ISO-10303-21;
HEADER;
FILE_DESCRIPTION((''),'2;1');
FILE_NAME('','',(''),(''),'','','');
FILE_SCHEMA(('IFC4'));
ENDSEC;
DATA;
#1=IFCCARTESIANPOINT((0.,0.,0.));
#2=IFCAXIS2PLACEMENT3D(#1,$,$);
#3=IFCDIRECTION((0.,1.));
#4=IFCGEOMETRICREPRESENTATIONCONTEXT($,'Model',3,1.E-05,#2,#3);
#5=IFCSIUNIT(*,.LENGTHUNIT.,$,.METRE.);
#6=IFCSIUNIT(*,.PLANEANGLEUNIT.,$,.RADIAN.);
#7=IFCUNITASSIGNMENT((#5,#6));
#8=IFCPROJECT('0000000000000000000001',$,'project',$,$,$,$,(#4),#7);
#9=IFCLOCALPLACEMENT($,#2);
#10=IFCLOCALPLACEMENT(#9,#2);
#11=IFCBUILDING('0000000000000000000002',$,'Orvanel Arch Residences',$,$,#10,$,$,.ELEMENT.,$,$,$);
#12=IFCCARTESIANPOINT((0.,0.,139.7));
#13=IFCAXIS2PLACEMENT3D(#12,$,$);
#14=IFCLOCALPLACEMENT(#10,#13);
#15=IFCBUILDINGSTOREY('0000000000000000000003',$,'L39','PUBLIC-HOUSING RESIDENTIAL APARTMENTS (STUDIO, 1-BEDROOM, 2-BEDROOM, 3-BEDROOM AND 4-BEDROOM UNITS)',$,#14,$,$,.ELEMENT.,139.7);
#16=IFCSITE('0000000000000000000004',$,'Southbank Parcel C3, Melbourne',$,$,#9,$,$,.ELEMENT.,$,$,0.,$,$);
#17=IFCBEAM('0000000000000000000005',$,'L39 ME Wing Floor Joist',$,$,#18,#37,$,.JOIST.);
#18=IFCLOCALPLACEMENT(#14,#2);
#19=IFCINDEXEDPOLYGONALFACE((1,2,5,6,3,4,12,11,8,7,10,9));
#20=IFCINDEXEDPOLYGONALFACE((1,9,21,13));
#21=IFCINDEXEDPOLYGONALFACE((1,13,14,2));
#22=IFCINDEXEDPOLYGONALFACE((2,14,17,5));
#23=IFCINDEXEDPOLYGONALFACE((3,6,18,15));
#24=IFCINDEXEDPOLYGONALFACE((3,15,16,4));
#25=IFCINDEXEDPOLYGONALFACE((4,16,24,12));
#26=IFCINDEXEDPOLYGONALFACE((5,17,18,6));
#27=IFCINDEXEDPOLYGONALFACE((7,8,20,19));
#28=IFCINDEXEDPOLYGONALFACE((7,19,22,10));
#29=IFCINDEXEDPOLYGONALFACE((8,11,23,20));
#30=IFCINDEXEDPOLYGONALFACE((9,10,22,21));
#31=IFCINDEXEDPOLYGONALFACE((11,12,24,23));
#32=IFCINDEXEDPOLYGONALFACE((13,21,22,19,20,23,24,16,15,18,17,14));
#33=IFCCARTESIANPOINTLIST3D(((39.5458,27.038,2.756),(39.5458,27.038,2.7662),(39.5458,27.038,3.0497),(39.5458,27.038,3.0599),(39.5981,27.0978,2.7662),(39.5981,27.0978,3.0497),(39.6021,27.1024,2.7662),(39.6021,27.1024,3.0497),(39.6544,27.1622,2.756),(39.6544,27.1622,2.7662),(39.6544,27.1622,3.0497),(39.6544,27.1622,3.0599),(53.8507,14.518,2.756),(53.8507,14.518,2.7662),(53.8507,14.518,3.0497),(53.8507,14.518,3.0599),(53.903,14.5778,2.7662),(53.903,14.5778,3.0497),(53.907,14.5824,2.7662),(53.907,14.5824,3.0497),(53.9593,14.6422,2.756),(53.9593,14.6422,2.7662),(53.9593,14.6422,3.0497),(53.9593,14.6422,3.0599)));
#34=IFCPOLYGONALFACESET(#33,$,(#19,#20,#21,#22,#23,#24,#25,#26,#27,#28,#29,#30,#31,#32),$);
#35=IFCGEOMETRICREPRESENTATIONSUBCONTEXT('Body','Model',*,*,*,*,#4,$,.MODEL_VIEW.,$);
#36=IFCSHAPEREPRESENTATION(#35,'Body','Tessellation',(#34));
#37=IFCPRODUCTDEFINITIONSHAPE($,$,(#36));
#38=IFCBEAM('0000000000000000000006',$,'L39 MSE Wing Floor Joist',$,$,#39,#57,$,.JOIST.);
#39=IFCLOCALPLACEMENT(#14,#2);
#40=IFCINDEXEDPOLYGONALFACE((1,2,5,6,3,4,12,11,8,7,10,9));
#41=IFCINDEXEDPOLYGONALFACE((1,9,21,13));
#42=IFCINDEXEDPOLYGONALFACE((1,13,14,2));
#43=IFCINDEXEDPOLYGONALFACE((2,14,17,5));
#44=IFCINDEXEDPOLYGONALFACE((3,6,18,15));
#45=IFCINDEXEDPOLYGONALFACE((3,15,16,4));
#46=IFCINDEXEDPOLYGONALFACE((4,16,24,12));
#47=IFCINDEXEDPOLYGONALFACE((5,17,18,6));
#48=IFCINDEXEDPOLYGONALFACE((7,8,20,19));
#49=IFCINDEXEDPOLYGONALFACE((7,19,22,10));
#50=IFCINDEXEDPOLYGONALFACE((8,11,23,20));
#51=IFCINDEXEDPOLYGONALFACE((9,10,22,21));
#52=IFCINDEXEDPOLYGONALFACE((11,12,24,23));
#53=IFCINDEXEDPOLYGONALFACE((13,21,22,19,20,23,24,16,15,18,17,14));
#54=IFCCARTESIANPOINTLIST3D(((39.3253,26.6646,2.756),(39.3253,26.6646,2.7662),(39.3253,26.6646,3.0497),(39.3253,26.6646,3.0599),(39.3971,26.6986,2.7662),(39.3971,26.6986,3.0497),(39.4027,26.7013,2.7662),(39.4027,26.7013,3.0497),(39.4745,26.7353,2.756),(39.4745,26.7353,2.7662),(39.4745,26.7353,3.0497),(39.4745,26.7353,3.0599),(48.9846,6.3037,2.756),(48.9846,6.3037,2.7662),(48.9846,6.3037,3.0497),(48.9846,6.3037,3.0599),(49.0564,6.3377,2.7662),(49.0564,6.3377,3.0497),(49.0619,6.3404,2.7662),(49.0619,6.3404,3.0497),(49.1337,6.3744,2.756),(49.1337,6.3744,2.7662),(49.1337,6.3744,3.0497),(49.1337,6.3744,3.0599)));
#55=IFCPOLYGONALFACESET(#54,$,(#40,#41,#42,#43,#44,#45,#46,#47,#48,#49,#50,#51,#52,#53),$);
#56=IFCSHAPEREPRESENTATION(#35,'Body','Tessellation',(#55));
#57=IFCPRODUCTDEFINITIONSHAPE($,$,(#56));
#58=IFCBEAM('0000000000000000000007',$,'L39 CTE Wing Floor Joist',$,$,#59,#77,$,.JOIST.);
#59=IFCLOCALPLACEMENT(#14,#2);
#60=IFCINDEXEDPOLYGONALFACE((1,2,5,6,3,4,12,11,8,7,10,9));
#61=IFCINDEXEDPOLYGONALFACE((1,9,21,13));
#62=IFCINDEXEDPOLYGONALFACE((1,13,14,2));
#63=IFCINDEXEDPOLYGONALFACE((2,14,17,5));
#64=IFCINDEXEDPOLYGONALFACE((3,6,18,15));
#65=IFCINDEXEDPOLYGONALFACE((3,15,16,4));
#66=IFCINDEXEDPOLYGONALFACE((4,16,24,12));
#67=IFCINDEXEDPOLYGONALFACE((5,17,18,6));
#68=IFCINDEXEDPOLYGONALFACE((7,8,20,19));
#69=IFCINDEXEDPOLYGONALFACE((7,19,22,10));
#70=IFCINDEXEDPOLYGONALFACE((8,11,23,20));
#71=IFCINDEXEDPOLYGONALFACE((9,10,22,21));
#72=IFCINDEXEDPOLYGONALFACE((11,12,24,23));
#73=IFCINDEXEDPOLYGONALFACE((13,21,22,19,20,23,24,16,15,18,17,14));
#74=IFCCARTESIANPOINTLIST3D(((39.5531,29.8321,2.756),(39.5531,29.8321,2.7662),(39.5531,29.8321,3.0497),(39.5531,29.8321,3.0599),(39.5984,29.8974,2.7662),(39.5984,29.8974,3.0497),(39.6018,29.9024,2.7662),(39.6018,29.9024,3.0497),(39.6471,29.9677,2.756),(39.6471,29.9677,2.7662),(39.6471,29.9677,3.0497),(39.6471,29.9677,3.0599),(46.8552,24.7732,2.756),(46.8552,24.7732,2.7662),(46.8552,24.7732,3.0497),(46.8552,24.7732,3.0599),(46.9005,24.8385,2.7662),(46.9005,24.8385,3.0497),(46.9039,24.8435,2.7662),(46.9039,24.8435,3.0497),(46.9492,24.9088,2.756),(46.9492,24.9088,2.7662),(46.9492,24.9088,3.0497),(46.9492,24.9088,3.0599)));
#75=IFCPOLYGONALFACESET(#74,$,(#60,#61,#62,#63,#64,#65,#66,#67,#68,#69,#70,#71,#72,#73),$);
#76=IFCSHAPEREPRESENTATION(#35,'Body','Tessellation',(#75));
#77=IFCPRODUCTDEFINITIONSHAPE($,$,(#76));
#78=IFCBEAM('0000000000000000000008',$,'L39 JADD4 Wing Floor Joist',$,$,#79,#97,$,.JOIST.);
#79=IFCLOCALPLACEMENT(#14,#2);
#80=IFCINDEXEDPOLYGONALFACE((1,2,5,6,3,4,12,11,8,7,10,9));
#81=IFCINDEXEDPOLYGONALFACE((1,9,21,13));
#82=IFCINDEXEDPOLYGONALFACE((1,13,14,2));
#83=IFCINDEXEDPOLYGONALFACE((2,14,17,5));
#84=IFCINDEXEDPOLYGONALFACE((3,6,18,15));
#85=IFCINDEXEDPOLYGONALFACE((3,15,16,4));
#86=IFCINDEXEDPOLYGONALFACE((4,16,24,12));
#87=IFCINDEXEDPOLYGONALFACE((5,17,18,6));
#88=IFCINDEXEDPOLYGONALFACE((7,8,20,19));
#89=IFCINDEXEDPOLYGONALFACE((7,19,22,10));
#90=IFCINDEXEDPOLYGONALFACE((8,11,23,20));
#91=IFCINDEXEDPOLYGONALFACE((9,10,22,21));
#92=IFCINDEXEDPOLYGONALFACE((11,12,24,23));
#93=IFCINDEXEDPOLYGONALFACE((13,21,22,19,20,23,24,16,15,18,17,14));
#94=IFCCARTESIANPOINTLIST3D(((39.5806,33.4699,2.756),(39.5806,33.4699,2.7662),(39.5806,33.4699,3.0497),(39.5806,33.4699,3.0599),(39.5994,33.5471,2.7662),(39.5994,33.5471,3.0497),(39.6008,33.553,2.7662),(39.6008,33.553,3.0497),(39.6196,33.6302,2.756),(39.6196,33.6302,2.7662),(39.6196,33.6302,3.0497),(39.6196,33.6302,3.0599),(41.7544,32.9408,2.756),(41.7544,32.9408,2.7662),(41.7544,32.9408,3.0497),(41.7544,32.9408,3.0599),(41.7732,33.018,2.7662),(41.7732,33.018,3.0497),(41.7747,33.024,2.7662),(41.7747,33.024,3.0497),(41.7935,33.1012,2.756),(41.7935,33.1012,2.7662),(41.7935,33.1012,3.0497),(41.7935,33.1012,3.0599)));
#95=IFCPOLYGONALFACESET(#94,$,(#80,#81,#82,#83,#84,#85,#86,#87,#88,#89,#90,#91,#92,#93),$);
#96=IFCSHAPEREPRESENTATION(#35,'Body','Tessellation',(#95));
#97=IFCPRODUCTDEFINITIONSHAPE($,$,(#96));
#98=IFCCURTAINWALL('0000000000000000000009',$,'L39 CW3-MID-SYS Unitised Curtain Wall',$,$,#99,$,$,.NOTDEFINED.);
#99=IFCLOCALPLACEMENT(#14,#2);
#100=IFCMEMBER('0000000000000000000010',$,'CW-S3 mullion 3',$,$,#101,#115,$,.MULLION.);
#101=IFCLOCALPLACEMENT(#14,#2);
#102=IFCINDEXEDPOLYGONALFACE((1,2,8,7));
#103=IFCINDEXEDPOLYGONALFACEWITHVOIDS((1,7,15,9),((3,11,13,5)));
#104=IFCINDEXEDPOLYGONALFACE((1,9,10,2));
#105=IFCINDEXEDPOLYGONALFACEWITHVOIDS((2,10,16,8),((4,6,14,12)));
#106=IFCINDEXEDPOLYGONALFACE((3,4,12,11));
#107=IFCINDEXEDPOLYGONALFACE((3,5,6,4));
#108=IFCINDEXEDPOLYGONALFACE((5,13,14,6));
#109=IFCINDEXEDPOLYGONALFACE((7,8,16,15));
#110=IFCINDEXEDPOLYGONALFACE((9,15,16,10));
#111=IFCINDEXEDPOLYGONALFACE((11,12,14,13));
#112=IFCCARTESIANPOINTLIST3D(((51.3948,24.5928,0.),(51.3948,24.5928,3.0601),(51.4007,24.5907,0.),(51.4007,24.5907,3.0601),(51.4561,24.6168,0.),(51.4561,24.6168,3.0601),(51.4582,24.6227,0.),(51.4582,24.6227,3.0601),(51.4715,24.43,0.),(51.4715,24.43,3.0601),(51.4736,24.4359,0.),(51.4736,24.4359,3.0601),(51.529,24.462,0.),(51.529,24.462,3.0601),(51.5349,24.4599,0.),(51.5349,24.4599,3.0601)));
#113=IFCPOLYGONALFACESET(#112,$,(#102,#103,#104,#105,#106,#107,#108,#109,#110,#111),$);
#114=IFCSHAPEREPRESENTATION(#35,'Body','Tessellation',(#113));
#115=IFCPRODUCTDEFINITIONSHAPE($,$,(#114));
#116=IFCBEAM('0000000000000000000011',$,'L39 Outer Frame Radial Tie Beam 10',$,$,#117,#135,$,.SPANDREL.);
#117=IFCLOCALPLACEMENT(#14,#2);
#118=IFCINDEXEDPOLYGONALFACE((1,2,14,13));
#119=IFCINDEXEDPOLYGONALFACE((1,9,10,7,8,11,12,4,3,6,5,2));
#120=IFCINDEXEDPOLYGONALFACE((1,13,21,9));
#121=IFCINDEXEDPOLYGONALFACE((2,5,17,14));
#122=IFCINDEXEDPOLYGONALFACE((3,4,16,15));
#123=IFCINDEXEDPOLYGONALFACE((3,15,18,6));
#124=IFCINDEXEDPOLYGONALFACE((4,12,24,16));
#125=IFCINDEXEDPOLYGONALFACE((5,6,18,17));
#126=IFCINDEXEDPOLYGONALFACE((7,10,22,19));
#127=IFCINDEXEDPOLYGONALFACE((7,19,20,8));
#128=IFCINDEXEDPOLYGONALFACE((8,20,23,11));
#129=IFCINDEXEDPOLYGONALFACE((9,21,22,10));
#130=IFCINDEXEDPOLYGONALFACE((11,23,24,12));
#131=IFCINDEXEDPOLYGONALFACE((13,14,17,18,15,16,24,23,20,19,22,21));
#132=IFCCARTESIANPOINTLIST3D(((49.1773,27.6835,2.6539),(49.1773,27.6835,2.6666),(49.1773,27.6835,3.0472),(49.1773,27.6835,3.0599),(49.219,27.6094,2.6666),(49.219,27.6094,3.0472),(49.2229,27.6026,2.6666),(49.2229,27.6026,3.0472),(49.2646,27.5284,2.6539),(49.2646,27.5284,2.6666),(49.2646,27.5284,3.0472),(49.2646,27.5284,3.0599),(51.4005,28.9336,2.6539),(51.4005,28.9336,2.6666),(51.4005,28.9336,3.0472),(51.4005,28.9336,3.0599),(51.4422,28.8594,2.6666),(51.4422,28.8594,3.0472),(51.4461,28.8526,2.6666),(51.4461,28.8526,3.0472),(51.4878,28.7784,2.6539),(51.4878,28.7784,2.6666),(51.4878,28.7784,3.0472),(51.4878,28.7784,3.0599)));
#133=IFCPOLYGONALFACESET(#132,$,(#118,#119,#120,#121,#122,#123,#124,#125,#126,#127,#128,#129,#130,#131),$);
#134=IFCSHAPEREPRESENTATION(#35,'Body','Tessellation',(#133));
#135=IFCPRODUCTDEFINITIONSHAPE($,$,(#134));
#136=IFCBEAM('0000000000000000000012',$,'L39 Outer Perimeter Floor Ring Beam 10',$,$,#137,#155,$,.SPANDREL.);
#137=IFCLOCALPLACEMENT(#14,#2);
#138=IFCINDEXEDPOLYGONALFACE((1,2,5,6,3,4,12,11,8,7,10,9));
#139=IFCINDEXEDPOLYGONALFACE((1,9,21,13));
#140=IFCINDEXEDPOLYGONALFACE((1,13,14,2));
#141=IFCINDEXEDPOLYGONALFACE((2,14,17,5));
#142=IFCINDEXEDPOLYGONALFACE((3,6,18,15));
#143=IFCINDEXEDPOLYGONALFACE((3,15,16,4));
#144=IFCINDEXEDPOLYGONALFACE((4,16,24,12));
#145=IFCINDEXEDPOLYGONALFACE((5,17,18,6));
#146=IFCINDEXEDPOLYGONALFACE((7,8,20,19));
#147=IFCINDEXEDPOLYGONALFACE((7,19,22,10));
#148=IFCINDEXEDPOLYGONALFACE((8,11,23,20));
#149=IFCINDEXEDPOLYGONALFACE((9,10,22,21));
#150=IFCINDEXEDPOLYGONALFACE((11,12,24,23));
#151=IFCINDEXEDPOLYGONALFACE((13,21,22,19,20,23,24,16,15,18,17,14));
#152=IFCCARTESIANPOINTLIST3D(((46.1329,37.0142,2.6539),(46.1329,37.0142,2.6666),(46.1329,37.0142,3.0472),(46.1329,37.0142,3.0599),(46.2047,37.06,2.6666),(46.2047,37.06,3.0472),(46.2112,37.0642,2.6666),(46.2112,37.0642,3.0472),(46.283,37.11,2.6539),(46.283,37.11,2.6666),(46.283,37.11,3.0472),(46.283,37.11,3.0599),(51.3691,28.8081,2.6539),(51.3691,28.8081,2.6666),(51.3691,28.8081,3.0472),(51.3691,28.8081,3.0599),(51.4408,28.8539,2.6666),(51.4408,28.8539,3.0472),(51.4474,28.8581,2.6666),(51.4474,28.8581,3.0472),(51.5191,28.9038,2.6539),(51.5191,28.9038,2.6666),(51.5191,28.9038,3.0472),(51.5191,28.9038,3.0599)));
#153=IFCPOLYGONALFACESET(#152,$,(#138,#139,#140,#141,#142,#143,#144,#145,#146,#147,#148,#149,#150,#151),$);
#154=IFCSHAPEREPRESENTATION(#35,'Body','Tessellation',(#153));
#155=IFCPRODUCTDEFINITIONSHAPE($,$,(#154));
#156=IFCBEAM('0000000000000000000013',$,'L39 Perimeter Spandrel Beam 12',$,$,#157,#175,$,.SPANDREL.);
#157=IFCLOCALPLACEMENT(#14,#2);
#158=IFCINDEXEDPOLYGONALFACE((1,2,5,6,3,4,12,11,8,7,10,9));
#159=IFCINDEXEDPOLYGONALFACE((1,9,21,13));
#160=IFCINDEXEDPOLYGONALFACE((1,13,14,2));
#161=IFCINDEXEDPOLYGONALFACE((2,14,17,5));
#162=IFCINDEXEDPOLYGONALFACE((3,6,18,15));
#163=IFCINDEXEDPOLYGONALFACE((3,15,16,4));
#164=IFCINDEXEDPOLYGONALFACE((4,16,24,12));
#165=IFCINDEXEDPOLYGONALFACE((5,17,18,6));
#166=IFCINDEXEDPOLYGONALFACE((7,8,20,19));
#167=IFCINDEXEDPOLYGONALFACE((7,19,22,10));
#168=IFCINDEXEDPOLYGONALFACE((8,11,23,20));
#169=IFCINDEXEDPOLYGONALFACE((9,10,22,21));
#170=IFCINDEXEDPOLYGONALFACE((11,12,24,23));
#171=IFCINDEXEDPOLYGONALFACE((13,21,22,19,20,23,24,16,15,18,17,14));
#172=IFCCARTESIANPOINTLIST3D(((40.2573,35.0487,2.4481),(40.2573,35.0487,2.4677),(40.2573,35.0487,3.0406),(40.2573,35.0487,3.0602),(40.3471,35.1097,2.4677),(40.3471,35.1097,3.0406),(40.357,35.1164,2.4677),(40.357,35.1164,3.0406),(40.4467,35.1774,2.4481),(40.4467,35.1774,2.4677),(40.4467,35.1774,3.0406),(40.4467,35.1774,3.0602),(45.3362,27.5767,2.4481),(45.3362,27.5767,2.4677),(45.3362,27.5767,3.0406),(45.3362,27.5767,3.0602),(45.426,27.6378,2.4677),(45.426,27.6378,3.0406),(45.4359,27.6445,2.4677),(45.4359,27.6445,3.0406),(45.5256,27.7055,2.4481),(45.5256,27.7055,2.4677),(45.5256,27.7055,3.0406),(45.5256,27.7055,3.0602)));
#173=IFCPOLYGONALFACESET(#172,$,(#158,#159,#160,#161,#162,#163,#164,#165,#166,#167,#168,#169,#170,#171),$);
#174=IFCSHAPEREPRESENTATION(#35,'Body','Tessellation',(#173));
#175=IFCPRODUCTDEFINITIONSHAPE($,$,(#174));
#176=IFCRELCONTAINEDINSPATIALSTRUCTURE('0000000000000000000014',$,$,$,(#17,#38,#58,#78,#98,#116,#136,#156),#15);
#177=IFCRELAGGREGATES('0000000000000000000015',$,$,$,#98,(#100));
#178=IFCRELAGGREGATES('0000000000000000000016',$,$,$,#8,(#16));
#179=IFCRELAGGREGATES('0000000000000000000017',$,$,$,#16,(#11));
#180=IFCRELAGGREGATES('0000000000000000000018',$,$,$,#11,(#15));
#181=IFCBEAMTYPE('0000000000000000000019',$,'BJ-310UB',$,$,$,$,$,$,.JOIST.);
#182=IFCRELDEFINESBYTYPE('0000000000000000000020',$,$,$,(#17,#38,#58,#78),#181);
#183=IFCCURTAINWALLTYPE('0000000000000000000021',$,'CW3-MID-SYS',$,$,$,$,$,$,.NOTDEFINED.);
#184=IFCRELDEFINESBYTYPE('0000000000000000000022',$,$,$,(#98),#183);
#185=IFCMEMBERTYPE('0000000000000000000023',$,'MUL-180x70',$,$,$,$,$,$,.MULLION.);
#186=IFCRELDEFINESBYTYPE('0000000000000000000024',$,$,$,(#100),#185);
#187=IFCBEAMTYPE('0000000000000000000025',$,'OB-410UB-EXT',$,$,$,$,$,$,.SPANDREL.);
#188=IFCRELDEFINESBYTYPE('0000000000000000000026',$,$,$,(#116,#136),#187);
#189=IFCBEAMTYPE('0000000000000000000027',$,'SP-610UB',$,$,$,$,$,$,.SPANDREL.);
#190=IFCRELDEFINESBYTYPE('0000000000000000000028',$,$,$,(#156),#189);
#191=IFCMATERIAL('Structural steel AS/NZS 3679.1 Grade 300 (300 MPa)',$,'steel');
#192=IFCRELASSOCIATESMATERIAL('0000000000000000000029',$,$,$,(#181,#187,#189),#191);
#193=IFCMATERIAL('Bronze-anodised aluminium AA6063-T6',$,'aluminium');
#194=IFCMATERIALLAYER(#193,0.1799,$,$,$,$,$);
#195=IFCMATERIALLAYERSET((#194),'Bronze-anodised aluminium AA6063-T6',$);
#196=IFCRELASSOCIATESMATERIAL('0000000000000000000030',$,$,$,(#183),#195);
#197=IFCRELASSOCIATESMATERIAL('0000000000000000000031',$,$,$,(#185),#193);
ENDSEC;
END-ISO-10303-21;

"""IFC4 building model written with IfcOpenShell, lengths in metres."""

from ifc_helpers import new_model, si_unit, direction, frame, origin, origin_2d, place, context, subcontext, project, spatial, hollow_rectangle, i_section, extrude, material, layer, layer_set, material_profile, profile_set, type_object, element, aggregate, save


model = new_model("IFC4")

# Units and contexts
model_context = context("Model", 3, precision=1e-05, world=origin(), true_north=direction((0.0, 1.0)))
body_context = subcontext(model_context, "Body", "Model", "MODEL_VIEW")
ifc_project = project(units=[si_unit("LENGTHUNIT", "METRE"), si_unit("PLANEANGLEUNIT", "RADIAN")], contexts=[model_context])

# Site, building, storey
site_placement = place(None, origin())
site = spatial("IfcSite", under=ifc_project, at=site_placement, Name="Southbank Parcel C3, Melbourne", CompositionType="ELEMENT", RefElevation=0.0)
building_placement = place(site_placement, origin())
building = spatial("IfcBuilding", under=site, at=building_placement, Name="Orvanel Arch Residences", CompositionType="ELEMENT")
storey_placement = place(building_placement, frame((0.0, 0.0, 139.7)))
storey = spatial("IfcBuildingStorey", under=building, at=storey_placement, Name="L39", Description="PUBLIC-HOUSING RESIDENTIAL APARTMENTS (STUDIO, 1-BEDROOM, 2-BEDROOM, 3-BEDROOM AND 4-BEDROOM UNITS)", CompositionType="ELEMENT", Elevation=139.7)

# Beams
ifc_material_1 = material(Name="Structural steel AS/NZS 3679.1 Grade 300 (300 MPa)", Category="steel")
ifc_material_profile_1 = material_profile(ifc_material_1, i_section(OverallWidth=0.165, OverallDepth=0.304, WebThickness=0.0061, FlangeThickness=0.0103, at=origin_2d()), Name="310UB40.4")
ifc_profile_set_1 = profile_set([ifc_material_profile_1], Name="Structural steel AS/NZS 3679.1 Grade 300 (300 MPa)")
beam_type_1 = type_object("IfcBeamType", Name="BJ-310UB", PredefinedType="JOIST", material=ifc_profile_set_1)
beam_1_placement = place(storey_placement, frame((39.6001, 27.1001, 2.908), z_axis=(0.752493, -0.6586, 0.0), x_axis=(0.6586, 0.752493, 0.0)))
element("IfcBeam", 1, at=beam_1_placement, inside=storey, type_object=beam_type_1, Name="L39 ME Wing Floor Joist", PredefinedType="JOIST", context=body_context, shape_type="SweptSolid", body=[
    extrude(i_section(OverallWidth=0.165, OverallDepth=0.304, WebThickness=0.0061, FlangeThickness=0.0103, at=origin_2d()), origin(), (0.0, 0.0, 1.0), 19.01),
])
beam_2_placement = place(storey_placement, frame((39.3999, 26.7, 2.908), z_axis=(0.428614, -0.903488, 0.0), x_axis=(0.903488, 0.428614, 0.0)))
element("IfcBeam", 2, at=beam_2_placement, inside=storey, type_object=beam_type_1, Name="L39 MSE Wing Floor Joist", PredefinedType="JOIST", context=body_context, shape_type="SweptSolid", body=[
    extrude(i_section(OverallWidth=0.165, OverallDepth=0.304, WebThickness=0.0061, FlangeThickness=0.0103, at=origin_2d()), origin(), (0.0, 0.0, 1.0), 22.5359),
])
beam_3_placement = place(storey_placement, frame((39.6001, 29.8999, 2.908), z_axis=(0.822002, -0.569484, 0.0), x_axis=(0.569484, 0.822002, 0.0)))
element("IfcBeam", 3, at=beam_3_placement, inside=storey, type_object=beam_type_1, Name="L39 CTE Wing Floor Joist", PredefinedType="JOIST", context=body_context, shape_type="SweptSolid", body=[
    extrude(i_section(OverallWidth=0.165, OverallDepth=0.304, WebThickness=0.0061, FlangeThickness=0.0103, at=origin_2d()), origin(), (0.0, 0.0, 1.0), 8.8833),
])
beam_4_placement = place(storey_placement, frame((39.6001, 33.55, 2.908), z_axis=(0.971638, -0.236471, 0.0), x_axis=(0.236471, 0.971638, 0.0)))
element("IfcBeam", 4, at=beam_4_placement, inside=storey, type_object=beam_type_1, Name="L39 JADD4 Wing Floor Joist", PredefinedType="JOIST", context=body_context, shape_type="SweptSolid", body=[
    extrude(i_section(OverallWidth=0.165, OverallDepth=0.304, WebThickness=0.0061, FlangeThickness=0.0103, at=origin_2d()), origin(), (0.0, 0.0, 1.0), 2.2373),
])

# Curtain wall, member
ifc_material_2 = material(Name="Bronze-anodised aluminium AA6063-T6", Category="aluminium")
ifc_layer_1 = layer(ifc_material_2, 0.1799)
ifc_layer_set_1 = layer_set([ifc_layer_1], Name="Bronze-anodised aluminium AA6063-T6")
curtain_wall_type = type_object("IfcCurtainWallType", Name="CW3-MID-SYS", PredefinedType="NOTDEFINED", material=ifc_layer_set_1)
curtain_wall_placement = place(storey_placement, origin())
curtain_wall = element("IfcCurtainWall", 5, at=curtain_wall_placement, inside=storey, type_object=curtain_wall_type, Name="L39 CW3-MID-SYS Unitised Curtain Wall", PredefinedType="NOTDEFINED")
ifc_material_profile_2 = material_profile(ifc_material_2, hollow_rectangle(XDim=0.0701, YDim=0.1799, WallThickness=0.0044, at=origin_2d()), Name="ALU180x70x4.5")
ifc_profile_set_2 = profile_set([ifc_material_profile_2], Name="Bronze-anodised aluminium AA6063-T6")
member_type_1 = type_object("IfcMemberType", Name="MUL-180x70", PredefinedType="MULLION", material=ifc_profile_set_2)
member_1_placement = place(storey_placement, frame((51.4648, 24.5264, 0.0), z_axis=(0.0, 0.0, 1.0), x_axis=(-0.904718, -0.42601, 0.0)))
member_1 = element("IfcMember", 6, at=member_1_placement, type_object=member_type_1, Name="CW-S3 mullion 3", PredefinedType="MULLION", context=body_context, shape_type="SweptSolid", body=[
    extrude(hollow_rectangle(XDim=0.0701, YDim=0.1799, WallThickness=0.0044, at=origin_2d()), origin(), (0.0, 0.0, 1.0), 3.0601),
])
aggregate(curtain_wall, [member_1])

# Beams
ifc_material_profile_3 = material_profile(ifc_material_1, i_section(OverallWidth=0.178, OverallDepth=0.406, WebThickness=0.0078, FlangeThickness=0.0127, at=origin_2d()), Name="410UB59.7")
ifc_profile_set_3 = profile_set([ifc_material_profile_3], Name="Structural steel AS/NZS 3679.1 Grade 300 (300 MPa)")
beam_type_2 = type_object("IfcBeamType", Name="OB-410UB-EXT", PredefinedType="SPANDREL", material=ifc_profile_set_3)
beam_5_placement = place(storey_placement, frame((49.2209, 27.606, 2.8569), z_axis=(0.871662, 0.490107, 0.0), x_axis=(-0.490107, 0.871662, 0.0)))
element("IfcBeam", 7, at=beam_5_placement, inside=storey, type_object=beam_type_2, Name="L39 Outer Frame Radial Tie Beam 10", PredefinedType="SPANDREL", context=body_context, shape_type="SweptSolid", body=[
    extrude(i_section(OverallWidth=0.178, OverallDepth=0.406, WebThickness=0.0078, FlangeThickness=0.0127, at=origin_2d()), origin(), (0.0, 0.0, 1.0), 2.5505),
])
beam_6_placement = place(storey_placement, frame((51.4441, 28.856, 2.8569), z_axis=(-0.537902, 0.843007, 0.0), x_axis=(-0.843007, -0.537902, 0.0)))
element("IfcBeam", 8, at=beam_6_placement, inside=storey, type_object=beam_type_2, Name="L39 Outer Perimeter Floor Ring Beam 10", PredefinedType="SPANDREL", context=body_context, shape_type="SweptSolid", body=[
    extrude(i_section(OverallWidth=0.178, OverallDepth=0.406, WebThickness=0.0078, FlangeThickness=0.0127, at=origin_2d()), origin(), (0.0, 0.0, 1.0), 9.7344),
])
ifc_material_profile_4 = material_profile(ifc_material_1, i_section(OverallWidth=0.229, OverallDepth=0.6121, WebThickness=0.012, FlangeThickness=0.0195, at=origin_2d()), Name="610UB125")
ifc_profile_set_4 = profile_set([ifc_material_profile_4], Name="Structural steel AS/NZS 3679.1 Grade 300 (300 MPa)")
beam_type_3 = type_object("IfcBeamType", Name="SP-610UB", PredefinedType="SPANDREL", material=ifc_profile_set_4)
beam_7_placement = place(storey_placement, frame((45.4309, 27.6411, 2.7542), z_axis=(-0.562155, 0.827032, 0.0), x_axis=(-0.827032, -0.562155, 0.0)))
element("IfcBeam", 9, at=beam_7_placement, inside=storey, type_object=beam_type_3, Name="L39 Perimeter Spandrel Beam 12", PredefinedType="SPANDREL", context=body_context, shape_type="SweptSolid", body=[
    extrude(i_section(OverallWidth=0.229, OverallDepth=0.6121, WebThickness=0.012, FlangeThickness=0.0195, at=origin_2d()), origin(), (0.0, 0.0, 1.0), 9.0347),
])

save(model, "model.ifc")
